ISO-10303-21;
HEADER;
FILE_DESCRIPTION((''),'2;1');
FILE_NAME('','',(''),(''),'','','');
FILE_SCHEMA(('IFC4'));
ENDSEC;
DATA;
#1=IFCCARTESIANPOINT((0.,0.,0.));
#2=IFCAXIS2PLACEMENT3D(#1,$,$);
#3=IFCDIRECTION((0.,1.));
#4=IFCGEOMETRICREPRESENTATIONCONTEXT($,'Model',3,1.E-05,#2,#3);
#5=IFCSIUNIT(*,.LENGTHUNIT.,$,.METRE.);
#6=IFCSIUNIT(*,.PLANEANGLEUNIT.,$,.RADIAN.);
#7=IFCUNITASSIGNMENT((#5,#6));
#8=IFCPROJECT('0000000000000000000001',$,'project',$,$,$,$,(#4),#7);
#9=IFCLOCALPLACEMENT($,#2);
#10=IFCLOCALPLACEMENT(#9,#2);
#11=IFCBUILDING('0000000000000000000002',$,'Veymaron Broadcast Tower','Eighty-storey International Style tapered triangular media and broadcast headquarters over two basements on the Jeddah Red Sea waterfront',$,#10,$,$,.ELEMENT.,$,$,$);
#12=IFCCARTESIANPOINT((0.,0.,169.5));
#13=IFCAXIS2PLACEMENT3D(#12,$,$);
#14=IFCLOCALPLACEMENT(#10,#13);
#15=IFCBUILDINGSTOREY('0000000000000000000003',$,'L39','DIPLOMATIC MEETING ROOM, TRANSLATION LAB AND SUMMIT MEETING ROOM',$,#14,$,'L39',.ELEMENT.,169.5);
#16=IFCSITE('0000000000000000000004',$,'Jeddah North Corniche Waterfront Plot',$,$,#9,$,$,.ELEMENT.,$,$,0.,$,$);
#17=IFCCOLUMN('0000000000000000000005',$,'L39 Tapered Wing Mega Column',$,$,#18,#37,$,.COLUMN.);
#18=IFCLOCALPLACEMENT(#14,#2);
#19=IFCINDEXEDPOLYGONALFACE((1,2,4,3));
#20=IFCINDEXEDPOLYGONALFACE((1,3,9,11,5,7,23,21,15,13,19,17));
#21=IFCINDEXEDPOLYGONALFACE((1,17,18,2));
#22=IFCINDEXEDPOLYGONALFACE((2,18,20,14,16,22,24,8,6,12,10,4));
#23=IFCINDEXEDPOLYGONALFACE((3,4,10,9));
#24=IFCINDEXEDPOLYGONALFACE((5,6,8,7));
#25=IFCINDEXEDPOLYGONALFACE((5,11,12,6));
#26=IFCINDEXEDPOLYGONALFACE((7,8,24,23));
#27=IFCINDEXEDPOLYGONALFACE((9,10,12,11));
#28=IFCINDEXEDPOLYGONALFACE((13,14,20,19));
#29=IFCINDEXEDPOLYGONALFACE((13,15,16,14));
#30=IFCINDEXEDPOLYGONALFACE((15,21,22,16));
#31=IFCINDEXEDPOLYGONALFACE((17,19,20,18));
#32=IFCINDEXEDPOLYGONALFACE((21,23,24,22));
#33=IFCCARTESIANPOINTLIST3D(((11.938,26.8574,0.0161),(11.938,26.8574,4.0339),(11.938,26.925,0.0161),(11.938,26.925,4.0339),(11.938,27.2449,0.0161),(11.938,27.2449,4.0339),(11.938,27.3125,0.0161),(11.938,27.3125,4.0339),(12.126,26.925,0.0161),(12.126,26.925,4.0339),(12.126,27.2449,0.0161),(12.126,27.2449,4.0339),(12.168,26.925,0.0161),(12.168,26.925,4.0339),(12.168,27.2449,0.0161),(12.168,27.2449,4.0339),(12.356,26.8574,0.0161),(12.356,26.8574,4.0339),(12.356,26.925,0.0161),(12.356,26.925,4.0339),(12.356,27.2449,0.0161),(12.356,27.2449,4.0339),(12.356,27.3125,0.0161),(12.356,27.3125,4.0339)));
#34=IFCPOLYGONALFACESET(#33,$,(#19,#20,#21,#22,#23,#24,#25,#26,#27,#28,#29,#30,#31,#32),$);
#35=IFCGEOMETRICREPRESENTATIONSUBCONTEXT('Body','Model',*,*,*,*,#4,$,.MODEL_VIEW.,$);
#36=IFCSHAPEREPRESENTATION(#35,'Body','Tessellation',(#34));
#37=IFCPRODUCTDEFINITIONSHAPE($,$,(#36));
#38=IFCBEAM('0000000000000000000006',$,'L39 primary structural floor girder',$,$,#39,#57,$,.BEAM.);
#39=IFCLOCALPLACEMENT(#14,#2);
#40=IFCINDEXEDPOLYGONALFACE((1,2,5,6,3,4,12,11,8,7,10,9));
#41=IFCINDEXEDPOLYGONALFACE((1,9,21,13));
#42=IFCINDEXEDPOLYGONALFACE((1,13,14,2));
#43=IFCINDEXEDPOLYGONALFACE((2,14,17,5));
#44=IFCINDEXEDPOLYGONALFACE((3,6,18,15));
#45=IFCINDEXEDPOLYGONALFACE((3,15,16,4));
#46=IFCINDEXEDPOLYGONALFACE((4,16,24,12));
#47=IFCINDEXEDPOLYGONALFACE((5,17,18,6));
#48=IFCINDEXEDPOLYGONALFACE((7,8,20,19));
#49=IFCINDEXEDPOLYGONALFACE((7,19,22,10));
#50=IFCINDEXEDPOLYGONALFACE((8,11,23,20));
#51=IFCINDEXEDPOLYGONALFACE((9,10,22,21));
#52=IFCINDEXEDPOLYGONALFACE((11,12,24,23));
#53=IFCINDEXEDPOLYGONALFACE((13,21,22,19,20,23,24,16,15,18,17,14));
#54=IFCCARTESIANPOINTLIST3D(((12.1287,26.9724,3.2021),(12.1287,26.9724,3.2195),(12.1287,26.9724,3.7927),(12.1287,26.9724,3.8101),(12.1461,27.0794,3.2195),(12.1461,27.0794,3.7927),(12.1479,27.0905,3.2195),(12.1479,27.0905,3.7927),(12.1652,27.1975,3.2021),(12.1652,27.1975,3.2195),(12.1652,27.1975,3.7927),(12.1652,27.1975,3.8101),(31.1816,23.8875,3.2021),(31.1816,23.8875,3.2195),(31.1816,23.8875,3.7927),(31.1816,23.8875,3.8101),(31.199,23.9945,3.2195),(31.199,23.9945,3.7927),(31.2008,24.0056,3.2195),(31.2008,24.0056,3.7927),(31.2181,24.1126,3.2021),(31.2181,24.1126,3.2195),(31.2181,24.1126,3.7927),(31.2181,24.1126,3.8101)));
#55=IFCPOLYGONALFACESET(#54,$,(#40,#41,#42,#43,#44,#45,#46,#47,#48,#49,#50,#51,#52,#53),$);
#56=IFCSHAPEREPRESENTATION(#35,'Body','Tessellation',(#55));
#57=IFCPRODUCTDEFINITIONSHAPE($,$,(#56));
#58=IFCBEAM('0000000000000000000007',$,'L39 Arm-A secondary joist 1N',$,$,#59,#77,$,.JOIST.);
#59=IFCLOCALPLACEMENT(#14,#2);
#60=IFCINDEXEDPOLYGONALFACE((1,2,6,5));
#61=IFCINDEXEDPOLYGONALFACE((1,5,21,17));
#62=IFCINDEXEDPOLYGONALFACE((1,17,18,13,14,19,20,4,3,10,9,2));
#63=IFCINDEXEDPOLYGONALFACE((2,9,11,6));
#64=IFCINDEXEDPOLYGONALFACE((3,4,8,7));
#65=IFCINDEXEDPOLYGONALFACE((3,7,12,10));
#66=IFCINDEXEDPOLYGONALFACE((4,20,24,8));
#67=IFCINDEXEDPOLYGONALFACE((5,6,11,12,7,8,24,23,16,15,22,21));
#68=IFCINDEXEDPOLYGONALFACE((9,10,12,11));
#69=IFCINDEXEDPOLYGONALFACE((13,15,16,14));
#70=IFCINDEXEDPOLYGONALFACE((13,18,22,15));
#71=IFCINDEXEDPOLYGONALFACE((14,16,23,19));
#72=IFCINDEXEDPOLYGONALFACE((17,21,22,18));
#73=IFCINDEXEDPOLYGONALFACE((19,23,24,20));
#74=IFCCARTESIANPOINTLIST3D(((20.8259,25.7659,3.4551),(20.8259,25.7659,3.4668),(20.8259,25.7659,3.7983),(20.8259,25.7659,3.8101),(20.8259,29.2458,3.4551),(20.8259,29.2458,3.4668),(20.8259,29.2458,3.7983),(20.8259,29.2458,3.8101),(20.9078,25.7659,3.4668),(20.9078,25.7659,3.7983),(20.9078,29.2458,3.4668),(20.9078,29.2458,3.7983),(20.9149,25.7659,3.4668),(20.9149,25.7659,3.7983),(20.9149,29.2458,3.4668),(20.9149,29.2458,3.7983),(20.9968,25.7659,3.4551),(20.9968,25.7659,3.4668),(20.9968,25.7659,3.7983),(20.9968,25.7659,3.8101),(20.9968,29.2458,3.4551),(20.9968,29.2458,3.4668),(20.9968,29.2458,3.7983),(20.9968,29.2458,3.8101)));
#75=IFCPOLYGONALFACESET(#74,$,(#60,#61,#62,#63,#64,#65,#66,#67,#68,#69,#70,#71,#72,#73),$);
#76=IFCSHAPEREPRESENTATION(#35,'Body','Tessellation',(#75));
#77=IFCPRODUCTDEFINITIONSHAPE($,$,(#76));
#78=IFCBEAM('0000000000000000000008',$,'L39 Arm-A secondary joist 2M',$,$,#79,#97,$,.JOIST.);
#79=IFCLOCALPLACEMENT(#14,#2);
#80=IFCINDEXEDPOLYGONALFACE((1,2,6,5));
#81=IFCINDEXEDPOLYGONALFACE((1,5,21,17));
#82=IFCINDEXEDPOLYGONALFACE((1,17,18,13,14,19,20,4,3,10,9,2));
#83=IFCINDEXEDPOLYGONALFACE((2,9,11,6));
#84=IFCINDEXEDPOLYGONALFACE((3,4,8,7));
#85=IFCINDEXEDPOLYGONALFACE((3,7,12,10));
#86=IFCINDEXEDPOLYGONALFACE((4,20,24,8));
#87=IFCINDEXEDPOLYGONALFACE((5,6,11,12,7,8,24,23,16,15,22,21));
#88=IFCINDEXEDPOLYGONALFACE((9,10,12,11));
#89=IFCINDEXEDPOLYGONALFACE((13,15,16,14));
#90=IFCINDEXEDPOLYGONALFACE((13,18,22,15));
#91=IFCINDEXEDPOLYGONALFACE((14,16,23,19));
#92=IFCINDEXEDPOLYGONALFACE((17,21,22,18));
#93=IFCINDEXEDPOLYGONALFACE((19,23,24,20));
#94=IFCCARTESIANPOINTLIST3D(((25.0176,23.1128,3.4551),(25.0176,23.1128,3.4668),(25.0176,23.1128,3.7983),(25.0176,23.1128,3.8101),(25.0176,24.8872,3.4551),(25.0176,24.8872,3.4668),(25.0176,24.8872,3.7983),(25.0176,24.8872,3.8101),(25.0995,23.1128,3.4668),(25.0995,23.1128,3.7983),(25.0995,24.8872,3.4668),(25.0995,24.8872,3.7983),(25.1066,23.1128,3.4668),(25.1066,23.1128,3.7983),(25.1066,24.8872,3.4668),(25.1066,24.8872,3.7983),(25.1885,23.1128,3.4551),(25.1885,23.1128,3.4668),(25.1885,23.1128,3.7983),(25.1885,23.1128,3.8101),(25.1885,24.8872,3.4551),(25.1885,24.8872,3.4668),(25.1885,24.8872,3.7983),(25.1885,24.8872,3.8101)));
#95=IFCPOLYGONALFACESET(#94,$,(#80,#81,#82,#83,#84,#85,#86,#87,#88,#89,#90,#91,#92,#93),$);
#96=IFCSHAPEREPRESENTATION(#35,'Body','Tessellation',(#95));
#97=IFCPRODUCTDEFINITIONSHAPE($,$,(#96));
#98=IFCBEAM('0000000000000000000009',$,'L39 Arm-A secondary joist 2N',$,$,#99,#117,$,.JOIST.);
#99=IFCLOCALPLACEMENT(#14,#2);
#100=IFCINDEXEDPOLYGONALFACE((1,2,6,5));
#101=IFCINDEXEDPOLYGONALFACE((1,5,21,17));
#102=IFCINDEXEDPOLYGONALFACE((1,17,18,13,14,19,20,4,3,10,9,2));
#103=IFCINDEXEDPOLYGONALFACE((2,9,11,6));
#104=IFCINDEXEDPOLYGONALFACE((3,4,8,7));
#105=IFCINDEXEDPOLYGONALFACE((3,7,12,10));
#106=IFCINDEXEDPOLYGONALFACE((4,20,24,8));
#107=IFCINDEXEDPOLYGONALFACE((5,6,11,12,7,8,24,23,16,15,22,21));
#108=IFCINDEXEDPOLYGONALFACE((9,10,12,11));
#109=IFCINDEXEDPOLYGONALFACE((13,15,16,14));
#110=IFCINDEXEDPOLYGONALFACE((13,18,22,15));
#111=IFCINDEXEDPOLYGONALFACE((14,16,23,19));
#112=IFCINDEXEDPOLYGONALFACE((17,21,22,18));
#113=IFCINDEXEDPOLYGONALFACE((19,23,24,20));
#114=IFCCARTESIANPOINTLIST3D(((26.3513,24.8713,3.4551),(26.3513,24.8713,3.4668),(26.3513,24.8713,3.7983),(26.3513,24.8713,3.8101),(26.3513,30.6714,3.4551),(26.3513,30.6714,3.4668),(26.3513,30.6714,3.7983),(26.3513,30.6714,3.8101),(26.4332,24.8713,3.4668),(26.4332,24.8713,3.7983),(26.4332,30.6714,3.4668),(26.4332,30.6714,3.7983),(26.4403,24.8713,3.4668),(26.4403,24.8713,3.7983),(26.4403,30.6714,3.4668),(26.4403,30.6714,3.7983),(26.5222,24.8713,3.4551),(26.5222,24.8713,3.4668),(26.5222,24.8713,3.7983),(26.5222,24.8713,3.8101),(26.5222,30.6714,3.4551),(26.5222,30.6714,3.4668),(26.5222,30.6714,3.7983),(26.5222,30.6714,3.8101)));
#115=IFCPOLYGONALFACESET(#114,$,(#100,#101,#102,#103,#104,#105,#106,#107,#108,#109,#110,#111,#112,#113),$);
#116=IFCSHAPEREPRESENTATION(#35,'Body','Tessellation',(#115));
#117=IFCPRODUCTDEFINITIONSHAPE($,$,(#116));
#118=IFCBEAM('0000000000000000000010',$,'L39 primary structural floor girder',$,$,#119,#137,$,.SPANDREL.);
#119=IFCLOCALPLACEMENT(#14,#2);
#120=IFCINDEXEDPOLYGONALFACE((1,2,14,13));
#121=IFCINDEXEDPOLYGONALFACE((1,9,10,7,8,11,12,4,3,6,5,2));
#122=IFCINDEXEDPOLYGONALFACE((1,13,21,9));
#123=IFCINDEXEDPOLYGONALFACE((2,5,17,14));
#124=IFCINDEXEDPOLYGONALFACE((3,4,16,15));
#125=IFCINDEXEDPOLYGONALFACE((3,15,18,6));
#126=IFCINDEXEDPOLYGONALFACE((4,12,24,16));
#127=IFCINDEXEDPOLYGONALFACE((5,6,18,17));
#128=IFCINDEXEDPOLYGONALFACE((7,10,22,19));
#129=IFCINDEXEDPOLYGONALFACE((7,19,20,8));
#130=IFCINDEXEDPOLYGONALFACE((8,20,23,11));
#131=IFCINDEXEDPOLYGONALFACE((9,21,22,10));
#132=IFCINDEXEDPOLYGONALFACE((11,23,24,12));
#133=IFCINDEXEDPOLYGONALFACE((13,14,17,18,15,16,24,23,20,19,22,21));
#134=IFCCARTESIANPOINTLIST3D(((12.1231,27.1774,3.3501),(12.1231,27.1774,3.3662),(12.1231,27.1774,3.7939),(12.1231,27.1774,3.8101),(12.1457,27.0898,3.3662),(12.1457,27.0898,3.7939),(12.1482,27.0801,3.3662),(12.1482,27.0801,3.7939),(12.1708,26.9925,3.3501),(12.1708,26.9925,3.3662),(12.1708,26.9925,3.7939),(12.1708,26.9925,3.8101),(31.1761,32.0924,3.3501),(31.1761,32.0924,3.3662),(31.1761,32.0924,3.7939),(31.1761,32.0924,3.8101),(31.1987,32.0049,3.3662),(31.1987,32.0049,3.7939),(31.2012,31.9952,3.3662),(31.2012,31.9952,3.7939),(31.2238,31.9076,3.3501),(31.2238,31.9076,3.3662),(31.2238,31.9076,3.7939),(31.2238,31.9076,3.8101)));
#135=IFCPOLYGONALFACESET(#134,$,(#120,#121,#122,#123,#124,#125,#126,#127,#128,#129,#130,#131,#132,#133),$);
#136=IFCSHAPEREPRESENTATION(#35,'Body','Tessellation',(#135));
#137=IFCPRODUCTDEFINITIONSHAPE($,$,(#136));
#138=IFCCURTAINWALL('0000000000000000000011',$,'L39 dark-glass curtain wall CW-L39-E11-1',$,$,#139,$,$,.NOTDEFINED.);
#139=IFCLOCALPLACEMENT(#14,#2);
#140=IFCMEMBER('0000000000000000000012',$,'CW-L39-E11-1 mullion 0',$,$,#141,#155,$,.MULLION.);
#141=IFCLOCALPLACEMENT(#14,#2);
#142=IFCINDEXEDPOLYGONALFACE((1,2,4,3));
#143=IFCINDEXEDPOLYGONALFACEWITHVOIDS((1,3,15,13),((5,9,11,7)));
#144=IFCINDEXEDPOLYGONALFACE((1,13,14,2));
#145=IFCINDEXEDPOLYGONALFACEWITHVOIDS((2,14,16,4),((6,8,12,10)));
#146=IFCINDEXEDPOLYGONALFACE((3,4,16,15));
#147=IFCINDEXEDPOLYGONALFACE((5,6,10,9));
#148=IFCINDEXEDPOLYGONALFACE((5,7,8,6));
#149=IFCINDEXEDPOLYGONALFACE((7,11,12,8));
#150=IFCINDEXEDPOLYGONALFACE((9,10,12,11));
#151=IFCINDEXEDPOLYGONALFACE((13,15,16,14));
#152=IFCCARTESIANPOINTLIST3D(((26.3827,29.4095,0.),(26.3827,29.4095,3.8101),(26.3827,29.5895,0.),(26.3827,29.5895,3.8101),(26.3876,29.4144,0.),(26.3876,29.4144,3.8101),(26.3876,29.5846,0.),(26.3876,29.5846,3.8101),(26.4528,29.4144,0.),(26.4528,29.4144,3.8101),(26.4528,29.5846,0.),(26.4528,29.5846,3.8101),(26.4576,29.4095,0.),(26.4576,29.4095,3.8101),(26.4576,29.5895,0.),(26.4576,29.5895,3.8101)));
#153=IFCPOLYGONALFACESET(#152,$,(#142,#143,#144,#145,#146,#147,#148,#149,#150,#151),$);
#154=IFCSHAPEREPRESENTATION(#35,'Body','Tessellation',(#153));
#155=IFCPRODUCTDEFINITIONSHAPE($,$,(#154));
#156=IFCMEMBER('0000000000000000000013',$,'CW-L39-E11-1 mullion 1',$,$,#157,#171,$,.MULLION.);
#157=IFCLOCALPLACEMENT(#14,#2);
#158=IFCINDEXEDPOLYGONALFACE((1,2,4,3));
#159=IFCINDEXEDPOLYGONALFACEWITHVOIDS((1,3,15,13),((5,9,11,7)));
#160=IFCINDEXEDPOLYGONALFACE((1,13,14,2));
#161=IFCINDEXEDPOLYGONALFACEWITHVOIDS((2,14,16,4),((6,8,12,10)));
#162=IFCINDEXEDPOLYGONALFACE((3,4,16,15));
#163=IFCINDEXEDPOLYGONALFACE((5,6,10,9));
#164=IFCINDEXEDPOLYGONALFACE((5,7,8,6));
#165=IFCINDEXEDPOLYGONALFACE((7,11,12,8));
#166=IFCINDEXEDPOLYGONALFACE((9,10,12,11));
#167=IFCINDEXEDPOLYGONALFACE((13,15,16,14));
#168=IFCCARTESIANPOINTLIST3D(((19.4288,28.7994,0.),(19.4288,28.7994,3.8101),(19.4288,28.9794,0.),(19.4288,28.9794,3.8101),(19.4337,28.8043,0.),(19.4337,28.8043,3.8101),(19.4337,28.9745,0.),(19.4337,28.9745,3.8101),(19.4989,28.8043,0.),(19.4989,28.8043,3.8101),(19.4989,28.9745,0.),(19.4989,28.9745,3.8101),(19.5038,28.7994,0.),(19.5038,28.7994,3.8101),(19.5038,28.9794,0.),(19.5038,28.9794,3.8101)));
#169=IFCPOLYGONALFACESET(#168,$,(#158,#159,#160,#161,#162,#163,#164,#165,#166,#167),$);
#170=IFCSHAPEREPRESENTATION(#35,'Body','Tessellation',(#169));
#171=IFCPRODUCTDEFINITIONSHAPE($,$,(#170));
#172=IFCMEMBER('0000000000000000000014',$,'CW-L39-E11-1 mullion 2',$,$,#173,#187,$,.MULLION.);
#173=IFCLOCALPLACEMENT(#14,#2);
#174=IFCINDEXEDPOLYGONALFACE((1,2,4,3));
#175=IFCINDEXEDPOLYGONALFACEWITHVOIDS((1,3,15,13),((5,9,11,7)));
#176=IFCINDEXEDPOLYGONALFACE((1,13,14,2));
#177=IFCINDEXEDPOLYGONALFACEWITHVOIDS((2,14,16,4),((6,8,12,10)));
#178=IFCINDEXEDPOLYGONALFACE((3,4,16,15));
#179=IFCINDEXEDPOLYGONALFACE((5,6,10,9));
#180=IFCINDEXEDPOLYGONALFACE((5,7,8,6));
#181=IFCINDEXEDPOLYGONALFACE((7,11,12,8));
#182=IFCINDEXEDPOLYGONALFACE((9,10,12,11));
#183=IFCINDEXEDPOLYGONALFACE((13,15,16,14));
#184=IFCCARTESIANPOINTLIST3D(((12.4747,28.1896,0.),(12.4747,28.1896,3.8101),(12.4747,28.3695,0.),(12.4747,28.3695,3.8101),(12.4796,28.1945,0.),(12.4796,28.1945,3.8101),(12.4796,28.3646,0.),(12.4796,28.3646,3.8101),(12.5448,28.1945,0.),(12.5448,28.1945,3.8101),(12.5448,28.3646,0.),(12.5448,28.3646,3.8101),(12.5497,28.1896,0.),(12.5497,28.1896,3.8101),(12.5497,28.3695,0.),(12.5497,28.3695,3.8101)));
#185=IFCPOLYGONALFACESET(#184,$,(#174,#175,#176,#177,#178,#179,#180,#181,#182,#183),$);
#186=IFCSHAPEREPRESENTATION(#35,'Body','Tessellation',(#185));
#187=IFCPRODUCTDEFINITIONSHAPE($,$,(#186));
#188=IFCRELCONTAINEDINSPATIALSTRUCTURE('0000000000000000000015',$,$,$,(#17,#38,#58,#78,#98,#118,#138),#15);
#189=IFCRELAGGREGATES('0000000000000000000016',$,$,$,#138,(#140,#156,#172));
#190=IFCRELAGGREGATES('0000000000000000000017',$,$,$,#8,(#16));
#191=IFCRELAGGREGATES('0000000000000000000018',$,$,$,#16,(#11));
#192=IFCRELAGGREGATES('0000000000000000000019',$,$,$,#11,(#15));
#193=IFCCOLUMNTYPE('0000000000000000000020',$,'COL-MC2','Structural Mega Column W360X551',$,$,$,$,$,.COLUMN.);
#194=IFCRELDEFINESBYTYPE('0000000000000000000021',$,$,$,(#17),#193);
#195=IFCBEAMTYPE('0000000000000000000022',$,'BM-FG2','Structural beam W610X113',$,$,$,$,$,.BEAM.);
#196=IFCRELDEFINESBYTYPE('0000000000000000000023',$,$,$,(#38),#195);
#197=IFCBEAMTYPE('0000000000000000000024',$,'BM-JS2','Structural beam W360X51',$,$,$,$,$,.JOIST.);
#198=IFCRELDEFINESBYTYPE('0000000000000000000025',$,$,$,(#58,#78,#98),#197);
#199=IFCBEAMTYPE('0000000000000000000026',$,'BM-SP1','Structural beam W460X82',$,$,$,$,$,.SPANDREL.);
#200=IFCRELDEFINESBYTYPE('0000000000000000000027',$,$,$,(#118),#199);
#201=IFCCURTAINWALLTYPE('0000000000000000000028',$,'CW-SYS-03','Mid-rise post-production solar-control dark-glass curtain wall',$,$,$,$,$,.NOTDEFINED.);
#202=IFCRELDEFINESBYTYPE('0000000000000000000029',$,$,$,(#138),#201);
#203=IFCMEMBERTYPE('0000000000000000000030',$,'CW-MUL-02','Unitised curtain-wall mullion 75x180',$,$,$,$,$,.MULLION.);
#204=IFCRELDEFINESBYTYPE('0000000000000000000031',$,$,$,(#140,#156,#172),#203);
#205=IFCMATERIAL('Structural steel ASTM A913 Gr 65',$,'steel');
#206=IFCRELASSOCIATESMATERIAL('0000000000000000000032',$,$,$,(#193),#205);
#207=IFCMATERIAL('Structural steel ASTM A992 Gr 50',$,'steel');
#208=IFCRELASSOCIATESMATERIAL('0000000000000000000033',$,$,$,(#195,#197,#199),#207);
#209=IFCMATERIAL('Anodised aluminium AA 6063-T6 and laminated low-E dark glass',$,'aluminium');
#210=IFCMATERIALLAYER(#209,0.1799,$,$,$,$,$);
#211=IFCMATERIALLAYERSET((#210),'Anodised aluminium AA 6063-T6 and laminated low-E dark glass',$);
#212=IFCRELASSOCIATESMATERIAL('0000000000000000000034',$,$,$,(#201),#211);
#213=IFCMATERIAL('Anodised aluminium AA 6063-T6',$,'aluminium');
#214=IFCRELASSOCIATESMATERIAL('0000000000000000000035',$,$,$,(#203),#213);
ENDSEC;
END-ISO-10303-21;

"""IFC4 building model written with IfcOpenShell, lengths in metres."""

from ifc_helpers import new_model, si_unit, direction, frame, origin, origin_2d, place, context, subcontext, project, spatial, hollow_rectangle, i_section, extrude, material, layer, layer_set, material_profile, profile_set, type_object, element, aggregate, save


model = new_model("IFC4")

# Units and contexts
model_context = context("Model", 3, precision=1e-05, world=origin(), true_north=direction((0.0, 1.0)))
body_context = subcontext(model_context, "Body", "Model", "MODEL_VIEW")
ifc_project = project(units=[si_unit("LENGTHUNIT", "METRE"), si_unit("PLANEANGLEUNIT", "RADIAN")], contexts=[model_context])

# Site, building, storey
site_placement = place(None, origin())
site = spatial("IfcSite", under=ifc_project, at=site_placement, Name="Jeddah North Corniche Waterfront Plot", CompositionType="ELEMENT", RefElevation=0.0)
building_placement = place(site_placement, origin())
building = spatial("IfcBuilding", under=site, at=building_placement, Name="Veymaron Broadcast Tower", Description="Eighty-storey International Style tapered triangular media and broadcast headquarters over two basements on the Jeddah Red Sea waterfront", CompositionType="ELEMENT")
storey_placement = place(building_placement, frame((0.0, 0.0, 169.5)))
storey = spatial("IfcBuildingStorey", under=building, at=storey_placement, Name="L39", Description="DIPLOMATIC MEETING ROOM, TRANSLATION LAB AND SUMMIT MEETING ROOM", LongName="L39", CompositionType="ELEMENT", Elevation=169.5)

# Column
ifc_material_1 = material(Name="Structural steel ASTM A913 Gr 65", Category="steel")
ifc_material_profile_1 = material_profile(ifc_material_1, i_section(OverallWidth=0.418, OverallDepth=0.4551, WebThickness=0.042, FlangeThickness=0.0676, at=origin_2d()), Name="W360X551")
ifc_profile_set_1 = profile_set([ifc_material_profile_1], Name="Structural steel ASTM A913 Gr 65")
column_type = type_object("IfcColumnType", Name="COL-MC2", Description="Structural Mega Column W360X551", PredefinedType="COLUMN", material=ifc_profile_set_1)
column_placement = place(storey_placement, frame((12.147, 27.085, 0.0161), z_axis=(0.0, 0.0, 1.0), x_axis=(1.0, 0.0, 0.0)))
element("IfcColumn", 1, at=column_placement, inside=storey, type_object=column_type, Name="L39 Tapered Wing Mega Column", PredefinedType="COLUMN", context=body_context, shape_type="SweptSolid", body=[
    extrude(i_section(OverallWidth=0.418, OverallDepth=0.4551, WebThickness=0.042, FlangeThickness=0.0676, at=origin_2d()), origin(), (0.0, 0.0, 1.0), 4.0178),
])

# Beams
ifc_material_2 = material(Name="Structural steel ASTM A992 Gr 50", Category="steel")
ifc_material_profile_2 = material_profile(ifc_material_2, i_section(OverallWidth=0.228, OverallDepth=0.6079, WebThickness=0.0112, FlangeThickness=0.0173, at=origin_2d()), Name="W610X113")
ifc_profile_set_2 = profile_set([ifc_material_profile_2], Name="Structural steel ASTM A992 Gr 50")
beam_type_1 = type_object("IfcBeamType", Name="BM-FG2", Description="Structural beam W610X113", PredefinedType="BEAM", material=ifc_profile_set_2)
beam_1_placement = place(storey_placement, frame((12.147, 27.085, 3.5061), z_axis=(0.987144, -0.159833, 0.0), x_axis=(0.159833, 0.987144, 0.0)))
element("IfcBeam", 2, at=beam_1_placement, inside=storey, type_object=beam_type_1, Name="L39 primary structural floor girder", PredefinedType="BEAM", context=body_context, shape_type="SweptSolid", body=[
    extrude(i_section(OverallWidth=0.228, OverallDepth=0.6079, WebThickness=0.0112, FlangeThickness=0.0173, at=origin_2d()), origin(), (0.0, 0.0, 1.0), 19.301),
])
ifc_material_profile_3 = material_profile(ifc_material_2, i_section(OverallWidth=0.1709, OverallDepth=0.355, WebThickness=0.0071, FlangeThickness=0.0117, at=origin_2d()), Name="W360X51")
ifc_profile_set_3 = profile_set([ifc_material_profile_3], Name="Structural steel ASTM A992 Gr 50")
beam_type_2 = type_object("IfcBeamType", Name="BM-JS2", Description="Structural beam W360X51", PredefinedType="JOIST", material=ifc_profile_set_3)
beam_2_placement = place(storey_placement, frame((20.9114, 25.7659, 3.6326), z_axis=(0.0, 1.0, 0.0), x_axis=(-1.0, 0.0, 0.0)))
element("IfcBeam", 3, at=beam_2_placement, inside=storey, type_object=beam_type_2, Name="L39 Arm-A secondary joist 1N", PredefinedType="JOIST", context=body_context, shape_type="SweptSolid", body=[
    extrude(i_section(OverallWidth=0.1709, OverallDepth=0.355, WebThickness=0.0071, FlangeThickness=0.0117, at=origin_2d()), origin(), (0.0, 0.0, 1.0), 3.48),
])
beam_3_placement = place(storey_placement, frame((25.103, 23.1128, 3.6326), z_axis=(0.0, 1.0, 0.0), x_axis=(-1.0, 0.0, 0.0)))
element("IfcBeam", 4, at=beam_3_placement, inside=storey, type_object=beam_type_2, Name="L39 Arm-A secondary joist 2M", PredefinedType="JOIST", context=body_context, shape_type="SweptSolid", body=[
    extrude(i_section(OverallWidth=0.1709, OverallDepth=0.355, WebThickness=0.0071, FlangeThickness=0.0117, at=origin_2d()), origin(), (0.0, 0.0, 1.0), 1.7744),
])
beam_4_placement = place(storey_placement, frame((26.4368, 24.8713, 3.6326), z_axis=(0.0, 1.0, 0.0), x_axis=(-1.0, 0.0, 0.0)))
element("IfcBeam", 5, at=beam_4_placement, inside=storey, type_object=beam_type_2, Name="L39 Arm-A secondary joist 2N", PredefinedType="JOIST", context=body_context, shape_type="SweptSolid", body=[
    extrude(i_section(OverallWidth=0.1709, OverallDepth=0.355, WebThickness=0.0071, FlangeThickness=0.0117, at=origin_2d()), origin(), (0.0, 0.0, 1.0), 5.8),
])
ifc_material_profile_4 = material_profile(ifc_material_2, i_section(OverallWidth=0.1909, OverallDepth=0.46, WebThickness=0.01, FlangeThickness=0.0161, at=origin_2d()), Name="W460X82")
ifc_profile_set_4 = profile_set([ifc_material_profile_4], Name="Structural steel ASTM A992 Gr 50")
beam_type_3 = type_object("IfcBeamType", Name="BM-SP1", Description="Structural beam W460X82", PredefinedType="SPANDREL", material=ifc_profile_set_4)
beam_5_placement = place(storey_placement, frame((12.147, 27.085, 3.5801), z_axis=(0.9683, 0.249789, 0.0), x_axis=(-0.249789, 0.9683, 0.0)))
element("IfcBeam", 6, at=beam_5_placement, inside=storey, type_object=beam_type_3, Name="L39 primary structural floor girder", PredefinedType="SPANDREL", context=body_context, shape_type="SweptSolid", body=[
    extrude(i_section(OverallWidth=0.1909, OverallDepth=0.46, WebThickness=0.01, FlangeThickness=0.0161, at=origin_2d()), origin(), (0.0, 0.0, 1.0), 19.6768),
])

# Curtain wall, members
ifc_material_3 = material(Name="Anodised aluminium AA 6063-T6 and laminated low-E dark glass", Category="aluminium")
ifc_layer_1 = layer(ifc_material_3, 0.1799)
ifc_layer_set_1 = layer_set([ifc_layer_1], Name="Anodised aluminium AA 6063-T6 and laminated low-E dark glass")
curtain_wall_type = type_object("IfcCurtainWallType", Name="CW-SYS-03", Description="Mid-rise post-production solar-control dark-glass curtain wall", PredefinedType="NOTDEFINED", material=ifc_layer_set_1)
curtain_wall_1_placement = place(storey_placement, origin())
curtain_wall_1 = element("IfcCurtainWall", 7, at=curtain_wall_1_placement, inside=storey, type_object=curtain_wall_type, Name="L39 dark-glass curtain wall CW-L39-E11-1", PredefinedType="NOTDEFINED")
ifc_material_4 = material(Name="Anodised aluminium AA 6063-T6", Category="aluminium")
ifc_material_profile_5 = material_profile(ifc_material_4, hollow_rectangle(XDim=0.075, YDim=0.1799, WallThickness=0.0049, at=origin_2d()), Name="AL180X75X5")
ifc_profile_set_5 = profile_set([ifc_material_profile_5], Name="Anodised aluminium AA 6063-T6")
member_type_1 = type_object("IfcMemberType", Name="CW-MUL-02", Description="Unitised curtain-wall mullion 75x180", PredefinedType="MULLION", material=ifc_profile_set_5)
member_1_placement = place(storey_placement, frame((26.4202, 29.4995, 0.0), z_axis=(0.0, 0.0, 1.0), x_axis=(1.0, 0.0, 0.0)))
member_1 = element("IfcMember", 8, at=member_1_placement, type_object=member_type_1, Name="CW-L39-E11-1 mullion 0", PredefinedType="MULLION", context=body_context, shape_type="SweptSolid", body=[
    extrude(hollow_rectangle(XDim=0.075, YDim=0.1799, WallThickness=0.0049, at=origin_2d()), origin(), (0.0, 0.0, 1.0), 3.8101),
])
member_2_placement = place(storey_placement, frame((19.4663, 28.8894, 0.0), z_axis=(0.0, 0.0, 1.0), x_axis=(1.0, 0.0, 0.0)))
member_2 = element("IfcMember", 9, at=member_2_placement, type_object=member_type_1, Name="CW-L39-E11-1 mullion 1", PredefinedType="MULLION", context=body_context, shape_type="SweptSolid", body=[
    extrude(hollow_rectangle(XDim=0.075, YDim=0.1799, WallThickness=0.0049, at=origin_2d()), origin(), (0.0, 0.0, 1.0), 3.8101),
])
member_3_placement = place(storey_placement, frame((12.5122, 28.2795, 0.0), z_axis=(0.0, 0.0, 1.0), x_axis=(1.0, 0.0, 0.0)))
member_3 = element("IfcMember", 10, at=member_3_placement, type_object=member_type_1, Name="CW-L39-E11-1 mullion 2", PredefinedType="MULLION", context=body_context, shape_type="SweptSolid", body=[
    extrude(hollow_rectangle(XDim=0.075, YDim=0.1799, WallThickness=0.0049, at=origin_2d()), origin(), (0.0, 0.0, 1.0), 3.8101),
])

aggregate(curtain_wall_1, [member_1, member_2, member_3])

save(model, "model.ifc")
